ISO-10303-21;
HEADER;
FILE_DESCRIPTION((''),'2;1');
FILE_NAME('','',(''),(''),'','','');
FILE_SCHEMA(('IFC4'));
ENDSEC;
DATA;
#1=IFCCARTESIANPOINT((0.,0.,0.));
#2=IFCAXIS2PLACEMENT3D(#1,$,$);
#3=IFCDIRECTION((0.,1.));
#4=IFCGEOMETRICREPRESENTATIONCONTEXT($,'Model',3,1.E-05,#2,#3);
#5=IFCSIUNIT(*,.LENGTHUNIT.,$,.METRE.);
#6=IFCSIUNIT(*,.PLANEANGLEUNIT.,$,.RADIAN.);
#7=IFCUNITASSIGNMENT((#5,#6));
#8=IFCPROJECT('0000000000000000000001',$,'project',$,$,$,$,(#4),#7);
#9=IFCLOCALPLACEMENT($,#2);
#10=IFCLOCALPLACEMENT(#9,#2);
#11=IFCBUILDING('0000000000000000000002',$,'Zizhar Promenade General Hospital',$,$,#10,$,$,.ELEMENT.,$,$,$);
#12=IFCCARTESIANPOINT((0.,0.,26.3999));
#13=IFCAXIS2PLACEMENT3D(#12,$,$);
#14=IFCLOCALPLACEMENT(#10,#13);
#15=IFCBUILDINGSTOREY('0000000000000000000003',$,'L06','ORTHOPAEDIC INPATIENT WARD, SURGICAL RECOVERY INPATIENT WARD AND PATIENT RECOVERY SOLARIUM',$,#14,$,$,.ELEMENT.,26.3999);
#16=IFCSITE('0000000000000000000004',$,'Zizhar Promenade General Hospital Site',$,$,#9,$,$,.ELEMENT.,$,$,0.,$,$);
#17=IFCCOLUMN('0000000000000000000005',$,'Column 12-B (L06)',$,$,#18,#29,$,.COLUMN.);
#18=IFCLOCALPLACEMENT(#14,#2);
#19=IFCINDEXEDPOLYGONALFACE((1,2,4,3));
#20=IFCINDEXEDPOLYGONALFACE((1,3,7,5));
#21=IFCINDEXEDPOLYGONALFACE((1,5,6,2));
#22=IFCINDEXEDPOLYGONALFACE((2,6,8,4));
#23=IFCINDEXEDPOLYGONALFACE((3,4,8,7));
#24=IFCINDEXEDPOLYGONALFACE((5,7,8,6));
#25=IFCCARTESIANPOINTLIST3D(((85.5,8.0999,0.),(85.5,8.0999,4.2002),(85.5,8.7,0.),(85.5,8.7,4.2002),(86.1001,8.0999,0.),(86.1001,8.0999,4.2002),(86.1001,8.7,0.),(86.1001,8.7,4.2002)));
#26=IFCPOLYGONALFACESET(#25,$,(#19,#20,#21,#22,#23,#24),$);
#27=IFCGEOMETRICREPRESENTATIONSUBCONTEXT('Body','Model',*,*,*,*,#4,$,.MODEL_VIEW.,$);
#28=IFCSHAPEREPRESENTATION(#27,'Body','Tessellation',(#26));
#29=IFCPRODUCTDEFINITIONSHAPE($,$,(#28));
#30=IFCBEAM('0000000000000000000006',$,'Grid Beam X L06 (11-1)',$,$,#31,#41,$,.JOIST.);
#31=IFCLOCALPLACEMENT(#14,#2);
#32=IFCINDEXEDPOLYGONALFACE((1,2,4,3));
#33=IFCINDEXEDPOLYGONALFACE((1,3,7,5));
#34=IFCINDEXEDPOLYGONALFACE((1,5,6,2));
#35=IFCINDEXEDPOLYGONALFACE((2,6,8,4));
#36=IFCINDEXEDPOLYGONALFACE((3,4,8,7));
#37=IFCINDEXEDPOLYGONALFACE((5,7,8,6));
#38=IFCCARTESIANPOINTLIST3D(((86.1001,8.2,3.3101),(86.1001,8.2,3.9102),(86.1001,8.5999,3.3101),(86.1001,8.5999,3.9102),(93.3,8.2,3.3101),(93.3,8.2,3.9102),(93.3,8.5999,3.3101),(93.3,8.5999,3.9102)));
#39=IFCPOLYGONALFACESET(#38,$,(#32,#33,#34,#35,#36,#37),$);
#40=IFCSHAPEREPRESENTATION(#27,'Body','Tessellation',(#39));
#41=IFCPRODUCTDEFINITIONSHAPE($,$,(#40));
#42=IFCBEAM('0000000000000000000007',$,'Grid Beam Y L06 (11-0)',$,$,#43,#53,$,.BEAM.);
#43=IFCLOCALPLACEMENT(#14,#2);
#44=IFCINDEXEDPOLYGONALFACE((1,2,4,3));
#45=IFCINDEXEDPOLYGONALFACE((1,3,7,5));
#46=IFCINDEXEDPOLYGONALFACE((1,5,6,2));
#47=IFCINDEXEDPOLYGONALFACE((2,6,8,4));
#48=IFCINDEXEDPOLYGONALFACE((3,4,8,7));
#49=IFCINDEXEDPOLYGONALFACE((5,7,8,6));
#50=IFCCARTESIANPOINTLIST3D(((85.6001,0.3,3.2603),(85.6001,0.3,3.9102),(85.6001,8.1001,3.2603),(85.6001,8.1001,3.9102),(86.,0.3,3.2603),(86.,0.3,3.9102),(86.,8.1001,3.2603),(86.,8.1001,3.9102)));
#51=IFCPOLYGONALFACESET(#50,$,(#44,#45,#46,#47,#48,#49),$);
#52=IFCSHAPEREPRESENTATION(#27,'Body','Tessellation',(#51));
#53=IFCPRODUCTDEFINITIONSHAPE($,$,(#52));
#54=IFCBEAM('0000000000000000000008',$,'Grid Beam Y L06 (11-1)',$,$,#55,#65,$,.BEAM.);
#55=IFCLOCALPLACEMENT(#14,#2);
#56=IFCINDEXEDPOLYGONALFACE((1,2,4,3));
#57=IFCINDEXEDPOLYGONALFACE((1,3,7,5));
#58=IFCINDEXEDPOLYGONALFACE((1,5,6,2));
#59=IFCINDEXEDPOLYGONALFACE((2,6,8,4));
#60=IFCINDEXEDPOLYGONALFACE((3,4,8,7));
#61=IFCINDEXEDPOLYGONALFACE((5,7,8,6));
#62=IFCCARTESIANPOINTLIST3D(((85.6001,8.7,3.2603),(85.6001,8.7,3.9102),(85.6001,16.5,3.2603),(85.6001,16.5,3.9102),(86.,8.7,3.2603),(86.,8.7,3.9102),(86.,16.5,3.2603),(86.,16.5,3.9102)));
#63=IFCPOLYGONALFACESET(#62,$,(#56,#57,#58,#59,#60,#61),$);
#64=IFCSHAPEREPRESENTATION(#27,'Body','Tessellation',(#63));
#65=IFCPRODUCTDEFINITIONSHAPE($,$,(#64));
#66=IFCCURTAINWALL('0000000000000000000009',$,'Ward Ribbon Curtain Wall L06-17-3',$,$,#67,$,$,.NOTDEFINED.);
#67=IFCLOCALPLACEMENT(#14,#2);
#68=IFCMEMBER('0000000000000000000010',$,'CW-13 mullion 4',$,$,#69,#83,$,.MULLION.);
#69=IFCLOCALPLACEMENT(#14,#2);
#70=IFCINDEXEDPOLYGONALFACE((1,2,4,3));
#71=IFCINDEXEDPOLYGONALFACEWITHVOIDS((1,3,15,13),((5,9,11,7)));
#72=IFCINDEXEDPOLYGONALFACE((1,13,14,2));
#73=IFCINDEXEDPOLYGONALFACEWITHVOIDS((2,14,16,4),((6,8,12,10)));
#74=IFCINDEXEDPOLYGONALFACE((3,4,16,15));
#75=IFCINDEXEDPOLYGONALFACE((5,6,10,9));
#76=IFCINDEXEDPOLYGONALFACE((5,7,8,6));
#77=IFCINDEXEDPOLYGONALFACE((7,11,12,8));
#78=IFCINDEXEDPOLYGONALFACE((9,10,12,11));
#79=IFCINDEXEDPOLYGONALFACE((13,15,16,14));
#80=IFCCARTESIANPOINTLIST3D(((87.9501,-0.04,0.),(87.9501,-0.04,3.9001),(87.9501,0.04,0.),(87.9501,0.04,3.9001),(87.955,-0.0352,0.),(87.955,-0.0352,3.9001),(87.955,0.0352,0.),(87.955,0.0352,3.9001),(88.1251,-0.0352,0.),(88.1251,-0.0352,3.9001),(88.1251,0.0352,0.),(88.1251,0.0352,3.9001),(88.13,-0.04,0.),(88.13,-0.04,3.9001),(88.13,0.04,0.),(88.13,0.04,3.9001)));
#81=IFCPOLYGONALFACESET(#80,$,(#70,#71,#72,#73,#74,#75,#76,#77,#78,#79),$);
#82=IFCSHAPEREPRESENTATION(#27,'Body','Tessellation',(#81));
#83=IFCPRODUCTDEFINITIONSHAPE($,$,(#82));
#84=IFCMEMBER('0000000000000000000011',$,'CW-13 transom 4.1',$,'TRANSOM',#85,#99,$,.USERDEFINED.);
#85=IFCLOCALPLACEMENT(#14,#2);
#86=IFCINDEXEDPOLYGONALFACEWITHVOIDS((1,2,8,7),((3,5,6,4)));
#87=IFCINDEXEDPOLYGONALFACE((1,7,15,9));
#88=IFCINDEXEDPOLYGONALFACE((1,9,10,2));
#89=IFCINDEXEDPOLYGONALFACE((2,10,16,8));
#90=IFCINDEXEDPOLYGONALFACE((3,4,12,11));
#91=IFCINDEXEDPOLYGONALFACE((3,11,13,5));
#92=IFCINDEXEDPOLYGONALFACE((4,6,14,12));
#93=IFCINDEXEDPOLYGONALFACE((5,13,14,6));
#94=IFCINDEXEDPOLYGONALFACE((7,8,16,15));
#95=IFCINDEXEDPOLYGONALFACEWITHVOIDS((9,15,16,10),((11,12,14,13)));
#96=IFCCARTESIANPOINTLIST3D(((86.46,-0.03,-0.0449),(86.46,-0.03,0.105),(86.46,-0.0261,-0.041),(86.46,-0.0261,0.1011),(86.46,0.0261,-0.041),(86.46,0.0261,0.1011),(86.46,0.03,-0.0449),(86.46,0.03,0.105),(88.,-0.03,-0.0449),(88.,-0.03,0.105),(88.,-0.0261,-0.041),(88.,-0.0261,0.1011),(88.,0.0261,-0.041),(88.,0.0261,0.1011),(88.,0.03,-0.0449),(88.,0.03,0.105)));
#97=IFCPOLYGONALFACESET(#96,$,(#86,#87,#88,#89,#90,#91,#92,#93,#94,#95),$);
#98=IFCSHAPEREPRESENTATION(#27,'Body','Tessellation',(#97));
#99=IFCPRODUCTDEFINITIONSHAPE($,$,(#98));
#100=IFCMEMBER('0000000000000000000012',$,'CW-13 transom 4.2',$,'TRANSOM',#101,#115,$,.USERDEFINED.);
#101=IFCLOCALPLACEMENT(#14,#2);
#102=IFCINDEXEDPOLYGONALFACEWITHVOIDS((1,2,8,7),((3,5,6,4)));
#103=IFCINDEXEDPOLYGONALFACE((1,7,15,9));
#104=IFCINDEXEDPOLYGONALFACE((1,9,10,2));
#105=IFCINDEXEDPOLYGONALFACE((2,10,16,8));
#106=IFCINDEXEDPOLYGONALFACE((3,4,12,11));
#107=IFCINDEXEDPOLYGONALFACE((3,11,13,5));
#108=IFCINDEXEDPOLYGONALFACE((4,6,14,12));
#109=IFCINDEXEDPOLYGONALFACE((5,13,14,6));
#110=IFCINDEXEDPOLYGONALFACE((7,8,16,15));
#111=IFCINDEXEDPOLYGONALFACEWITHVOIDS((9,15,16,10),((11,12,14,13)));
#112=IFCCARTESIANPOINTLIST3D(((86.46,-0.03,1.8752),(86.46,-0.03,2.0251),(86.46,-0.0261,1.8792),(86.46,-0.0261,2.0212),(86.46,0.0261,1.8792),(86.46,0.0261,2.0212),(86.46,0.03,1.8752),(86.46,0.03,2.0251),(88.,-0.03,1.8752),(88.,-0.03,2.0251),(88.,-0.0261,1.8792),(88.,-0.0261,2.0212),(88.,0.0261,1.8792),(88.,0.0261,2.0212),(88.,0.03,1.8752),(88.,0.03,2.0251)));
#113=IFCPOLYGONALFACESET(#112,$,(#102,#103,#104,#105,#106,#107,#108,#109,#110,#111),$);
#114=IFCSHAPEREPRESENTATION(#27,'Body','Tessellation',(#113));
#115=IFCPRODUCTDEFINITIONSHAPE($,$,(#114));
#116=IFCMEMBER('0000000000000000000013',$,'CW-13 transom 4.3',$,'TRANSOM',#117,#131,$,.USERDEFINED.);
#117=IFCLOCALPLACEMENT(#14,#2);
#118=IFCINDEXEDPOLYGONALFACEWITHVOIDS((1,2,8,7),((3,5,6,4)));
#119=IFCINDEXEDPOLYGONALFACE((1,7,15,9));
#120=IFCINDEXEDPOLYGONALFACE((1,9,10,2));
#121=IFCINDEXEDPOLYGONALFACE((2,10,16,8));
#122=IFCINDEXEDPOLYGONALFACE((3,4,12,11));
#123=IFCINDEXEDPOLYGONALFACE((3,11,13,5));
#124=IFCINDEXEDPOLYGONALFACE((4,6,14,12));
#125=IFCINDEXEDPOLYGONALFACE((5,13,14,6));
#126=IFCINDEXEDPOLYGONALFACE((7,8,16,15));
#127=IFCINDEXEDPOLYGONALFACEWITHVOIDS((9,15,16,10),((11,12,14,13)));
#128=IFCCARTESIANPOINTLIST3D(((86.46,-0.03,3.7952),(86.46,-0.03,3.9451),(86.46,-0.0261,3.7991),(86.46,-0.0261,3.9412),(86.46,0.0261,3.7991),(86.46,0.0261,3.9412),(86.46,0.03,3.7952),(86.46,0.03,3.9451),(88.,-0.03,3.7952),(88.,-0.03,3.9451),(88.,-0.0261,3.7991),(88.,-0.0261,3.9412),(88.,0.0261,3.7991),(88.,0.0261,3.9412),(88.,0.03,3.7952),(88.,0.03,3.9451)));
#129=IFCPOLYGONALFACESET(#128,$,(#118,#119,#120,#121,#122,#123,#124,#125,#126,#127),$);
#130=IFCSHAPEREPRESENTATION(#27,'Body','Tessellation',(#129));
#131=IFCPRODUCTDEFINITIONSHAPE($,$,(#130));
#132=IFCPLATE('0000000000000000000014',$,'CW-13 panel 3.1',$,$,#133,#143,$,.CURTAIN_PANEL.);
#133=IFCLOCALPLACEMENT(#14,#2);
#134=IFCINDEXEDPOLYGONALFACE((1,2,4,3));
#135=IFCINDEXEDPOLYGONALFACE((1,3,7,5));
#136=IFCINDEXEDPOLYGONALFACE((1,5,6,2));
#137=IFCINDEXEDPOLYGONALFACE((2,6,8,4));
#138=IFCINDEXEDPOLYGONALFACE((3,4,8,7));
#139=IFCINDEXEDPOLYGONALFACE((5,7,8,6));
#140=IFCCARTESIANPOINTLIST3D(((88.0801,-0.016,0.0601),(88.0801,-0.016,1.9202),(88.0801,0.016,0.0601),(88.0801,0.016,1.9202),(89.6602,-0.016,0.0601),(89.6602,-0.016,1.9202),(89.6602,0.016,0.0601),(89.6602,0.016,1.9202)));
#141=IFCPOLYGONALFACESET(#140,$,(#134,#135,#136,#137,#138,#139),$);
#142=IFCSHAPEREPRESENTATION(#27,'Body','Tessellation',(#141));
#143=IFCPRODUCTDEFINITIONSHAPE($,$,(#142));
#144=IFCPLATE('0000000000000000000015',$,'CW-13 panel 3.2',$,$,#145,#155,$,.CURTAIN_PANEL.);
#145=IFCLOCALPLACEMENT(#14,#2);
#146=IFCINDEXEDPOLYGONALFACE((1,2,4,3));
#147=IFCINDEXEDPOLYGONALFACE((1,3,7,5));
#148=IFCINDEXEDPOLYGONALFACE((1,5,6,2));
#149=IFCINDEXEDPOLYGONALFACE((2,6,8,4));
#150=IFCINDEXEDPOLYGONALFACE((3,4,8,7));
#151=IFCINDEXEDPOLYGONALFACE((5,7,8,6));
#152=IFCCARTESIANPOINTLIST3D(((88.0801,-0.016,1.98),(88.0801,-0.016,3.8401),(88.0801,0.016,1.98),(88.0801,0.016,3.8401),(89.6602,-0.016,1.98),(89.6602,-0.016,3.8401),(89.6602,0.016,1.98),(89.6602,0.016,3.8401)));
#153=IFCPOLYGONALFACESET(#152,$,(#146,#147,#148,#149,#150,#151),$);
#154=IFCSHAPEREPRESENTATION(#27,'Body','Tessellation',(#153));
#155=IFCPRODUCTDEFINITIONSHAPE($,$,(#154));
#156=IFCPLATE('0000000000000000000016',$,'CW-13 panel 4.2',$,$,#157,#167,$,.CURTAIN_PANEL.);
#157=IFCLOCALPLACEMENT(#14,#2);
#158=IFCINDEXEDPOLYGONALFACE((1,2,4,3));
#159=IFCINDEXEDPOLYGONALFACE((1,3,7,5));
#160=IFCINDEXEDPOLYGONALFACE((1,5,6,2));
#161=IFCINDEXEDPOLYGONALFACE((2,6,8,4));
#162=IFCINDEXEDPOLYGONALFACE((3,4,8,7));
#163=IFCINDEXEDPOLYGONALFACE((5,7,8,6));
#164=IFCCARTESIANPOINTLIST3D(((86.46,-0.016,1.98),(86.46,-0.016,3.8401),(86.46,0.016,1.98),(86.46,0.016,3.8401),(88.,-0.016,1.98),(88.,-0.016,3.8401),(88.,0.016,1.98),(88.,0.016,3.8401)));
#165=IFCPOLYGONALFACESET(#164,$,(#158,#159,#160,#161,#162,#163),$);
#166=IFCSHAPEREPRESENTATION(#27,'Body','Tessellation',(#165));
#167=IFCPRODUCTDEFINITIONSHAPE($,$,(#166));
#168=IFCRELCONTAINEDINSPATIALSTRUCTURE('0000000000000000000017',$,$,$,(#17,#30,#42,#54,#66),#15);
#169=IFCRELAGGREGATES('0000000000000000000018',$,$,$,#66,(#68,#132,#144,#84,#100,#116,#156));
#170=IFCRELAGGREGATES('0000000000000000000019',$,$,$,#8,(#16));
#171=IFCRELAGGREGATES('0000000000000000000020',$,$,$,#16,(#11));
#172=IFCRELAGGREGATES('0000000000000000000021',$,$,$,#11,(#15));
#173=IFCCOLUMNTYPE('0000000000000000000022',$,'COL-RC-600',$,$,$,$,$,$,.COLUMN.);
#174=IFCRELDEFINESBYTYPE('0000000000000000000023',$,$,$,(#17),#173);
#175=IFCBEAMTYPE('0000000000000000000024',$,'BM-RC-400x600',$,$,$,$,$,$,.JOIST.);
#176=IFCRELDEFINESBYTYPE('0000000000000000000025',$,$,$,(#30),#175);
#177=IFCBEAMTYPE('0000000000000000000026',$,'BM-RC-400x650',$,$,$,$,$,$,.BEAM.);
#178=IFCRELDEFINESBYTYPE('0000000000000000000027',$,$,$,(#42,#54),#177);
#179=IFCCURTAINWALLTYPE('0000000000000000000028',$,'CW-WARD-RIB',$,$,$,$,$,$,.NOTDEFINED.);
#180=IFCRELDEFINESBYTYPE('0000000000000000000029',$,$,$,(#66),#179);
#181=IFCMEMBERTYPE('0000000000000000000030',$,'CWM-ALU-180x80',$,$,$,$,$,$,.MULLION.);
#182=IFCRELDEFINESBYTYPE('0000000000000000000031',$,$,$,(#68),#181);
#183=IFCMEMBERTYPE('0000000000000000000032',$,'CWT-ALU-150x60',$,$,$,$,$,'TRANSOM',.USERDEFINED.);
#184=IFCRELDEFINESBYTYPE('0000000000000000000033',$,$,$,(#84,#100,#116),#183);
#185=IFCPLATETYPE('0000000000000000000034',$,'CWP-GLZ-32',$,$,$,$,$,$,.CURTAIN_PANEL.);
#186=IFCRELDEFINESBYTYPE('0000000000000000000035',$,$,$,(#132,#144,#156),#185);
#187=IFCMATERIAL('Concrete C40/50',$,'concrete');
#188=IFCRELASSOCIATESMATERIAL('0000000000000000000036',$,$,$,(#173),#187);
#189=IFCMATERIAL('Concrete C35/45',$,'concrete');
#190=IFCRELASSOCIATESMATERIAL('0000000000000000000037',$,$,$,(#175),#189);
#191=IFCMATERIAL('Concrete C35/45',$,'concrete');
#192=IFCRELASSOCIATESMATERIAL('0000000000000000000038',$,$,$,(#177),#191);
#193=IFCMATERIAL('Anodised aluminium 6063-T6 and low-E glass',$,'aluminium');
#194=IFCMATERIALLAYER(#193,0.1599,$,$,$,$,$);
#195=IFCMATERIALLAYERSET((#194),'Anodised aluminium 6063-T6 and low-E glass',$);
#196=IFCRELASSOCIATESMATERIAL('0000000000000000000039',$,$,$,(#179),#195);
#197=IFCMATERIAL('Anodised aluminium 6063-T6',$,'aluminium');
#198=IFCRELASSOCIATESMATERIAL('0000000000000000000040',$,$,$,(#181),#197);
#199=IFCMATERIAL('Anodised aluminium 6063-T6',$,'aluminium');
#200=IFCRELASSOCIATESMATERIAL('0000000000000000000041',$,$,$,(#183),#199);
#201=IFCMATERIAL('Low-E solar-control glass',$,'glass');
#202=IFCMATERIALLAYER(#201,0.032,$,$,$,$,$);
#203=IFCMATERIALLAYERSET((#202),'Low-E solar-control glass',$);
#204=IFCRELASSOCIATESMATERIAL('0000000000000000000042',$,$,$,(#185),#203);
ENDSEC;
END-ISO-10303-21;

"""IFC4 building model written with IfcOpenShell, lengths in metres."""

from ifc_helpers import new_model, si_unit, direction, frame, origin, origin_2d, place, context, subcontext, project, spatial, rectangle, hollow_rectangle, extrude, material, layer, layer_set, material_profile, profile_set, type_object, element, aggregate, save


model = new_model("IFC4")

# Units and contexts
model_context = context("Model", 3, precision=1e-05, world=origin(), true_north=direction((0.0, 1.0)))
body_context = subcontext(model_context, "Body", "Model", "MODEL_VIEW")
ifc_project = project(units=[si_unit("LENGTHUNIT", "METRE"), si_unit("PLANEANGLEUNIT", "RADIAN")], contexts=[model_context])

# Site, building, storey
site_placement = place(None, origin())
site = spatial("IfcSite", under=ifc_project, at=site_placement, Name="Zizhar Promenade General Hospital Site", CompositionType="ELEMENT", RefElevation=0.0)
building_placement = place(site_placement, origin())
building = spatial("IfcBuilding", under=site, at=building_placement, Name="Zizhar Promenade General Hospital", CompositionType="ELEMENT")
storey_placement = place(building_placement, frame((0.0, 0.0, 26.3999)))
storey = spatial("IfcBuildingStorey", under=building, at=storey_placement, Name="L06", Description="ORTHOPAEDIC INPATIENT WARD, SURGICAL RECOVERY INPATIENT WARD AND PATIENT RECOVERY SOLARIUM", CompositionType="ELEMENT", Elevation=26.3999)

# Column
ifc_material_1 = material(Name="Concrete C40/50", Category="concrete")
ifc_material_profile_1 = material_profile(ifc_material_1, rectangle(XDim=0.6001, YDim=0.6001, at=origin_2d()))
ifc_profile_set_1 = profile_set([ifc_material_profile_1], Name="Concrete C40/50")
column_type = type_object("IfcColumnType", Name="COL-RC-600", PredefinedType="COLUMN", material=ifc_profile_set_1)
column_placement = place(storey_placement, frame((85.8, 8.3999, 0.0), z_axis=(0.0, 0.0, 1.0), x_axis=(1.0, 0.0, 0.0)))
element("IfcColumn", 1, at=column_placement, inside=storey, type_object=column_type, Name="Column 12-B (L06)", PredefinedType="COLUMN", context=body_context, shape_type="SweptSolid", body=[
    extrude(rectangle(XDim=0.6001, YDim=0.6001, at=origin_2d()), origin(), (0.0, 0.0, 1.0), 4.2002),
])

# Beams
ifc_material_2 = material(Name="Concrete C35/45", Category="concrete")
ifc_material_profile_2 = material_profile(ifc_material_2, rectangle(XDim=0.3999, YDim=0.6001, at=origin_2d()))
ifc_profile_set_2 = profile_set([ifc_material_profile_2], Name="Concrete C35/45")
beam_type_1 = type_object("IfcBeamType", Name="BM-RC-400x600", PredefinedType="JOIST", material=ifc_profile_set_2)
beam_placement = place(storey_placement, frame((86.1001, 8.3999, 3.6101), z_axis=(1.0, 0.0, 0.0), x_axis=(0.0, 1.0, 0.0)))
element("IfcBeam", 2, at=beam_placement, inside=storey, type_object=beam_type_1, Name="Grid Beam X L06 (11-1)", PredefinedType="JOIST", context=body_context, shape_type="SweptSolid", body=[
    extrude(rectangle(XDim=0.3999, YDim=0.6001, at=origin_2d()), origin(), (0.0, 0.0, 1.0), 7.2),
])
ifc_material_3 = material(Name="Concrete C35/45", Category="concrete")
ifc_material_profile_3 = material_profile(ifc_material_3, rectangle(XDim=0.3999, YDim=0.6499, at=origin_2d()))
ifc_profile_set_3 = profile_set([ifc_material_profile_3], Name="Concrete C35/45")
beam_type_2 = type_object("IfcBeamType", Name="BM-RC-400x650", PredefinedType="BEAM", material=ifc_profile_set_3)
for number, where, z_axis, x_axis, name in (
    (3, (85.8, 0.3, 3.5852), (0.0, 1.0, 0.0), (-1.0, 0.0, 0.0), "Grid Beam Y L06 (11-0)"),
    (4, (85.8, 8.7, 3.5852), (0.0, 1.0, 0.0), (-1.0, 0.0, 0.0), "Grid Beam Y L06 (11-1)"),
):
    element("IfcBeam", number, at=place(storey_placement, frame(where, z_axis=z_axis, x_axis=x_axis)), inside=storey, type_object=beam_type_2, Name=name, PredefinedType="BEAM", context=body_context, shape_type="SweptSolid", body=[
        extrude(rectangle(XDim=0.3999, YDim=0.6499, at=origin_2d()), origin(), (0.0, 0.0, 1.0), 7.8),
    ])

# Curtain wall, members, plates
ifc_material_4 = material(Name="Anodised aluminium 6063-T6 and low-E glass", Category="aluminium")
ifc_layer_1 = layer(ifc_material_4, 0.1599)
ifc_layer_set_1 = layer_set([ifc_layer_1], Name="Anodised aluminium 6063-T6 and low-E glass")
curtain_wall_type = type_object("IfcCurtainWallType", Name="CW-WARD-RIB", PredefinedType="NOTDEFINED", material=ifc_layer_set_1)
curtain_wall_placement = place(storey_placement, origin())
curtain_wall = element("IfcCurtainWall", 5, at=curtain_wall_placement, inside=storey, type_object=curtain_wall_type, Name="Ward Ribbon Curtain Wall L06-17-3", PredefinedType="NOTDEFINED")
ifc_material_5 = material(Name="Anodised aluminium 6063-T6", Category="aluminium")
ifc_material_profile_4 = material_profile(ifc_material_5, hollow_rectangle(XDim=0.0801, YDim=0.1799, WallThickness=0.0049, at=origin_2d()))
ifc_profile_set_4 = profile_set([ifc_material_profile_4], Name="Anodised aluminium 6063-T6")
member_type_1 = type_object("IfcMemberType", Name="CWM-ALU-180x80", PredefinedType="MULLION", material=ifc_profile_set_4)
member_1_placement = place(storey_placement, frame((88.04, 0.0, 0.0), z_axis=(0.0, 0.0, 1.0), x_axis=(0.0, -1.0, 0.0)))
member_1 = element("IfcMember", 6, at=member_1_placement, type_object=member_type_1, Name="CW-13 mullion 4", PredefinedType="MULLION", context=body_context, shape_type="SweptSolid", body=[
    extrude(hollow_rectangle(XDim=0.0801, YDim=0.1799, WallThickness=0.0049, at=origin_2d()), origin(), (0.0, 0.0, 1.0), 3.9001),
])
ifc_material_6 = material(Name="Anodised aluminium 6063-T6", Category="aluminium")
ifc_material_profile_5 = material_profile(ifc_material_6, hollow_rectangle(XDim=0.0601, YDim=0.1499, WallThickness=0.0039, at=origin_2d()))
ifc_profile_set_5 = profile_set([ifc_material_profile_5], Name="Anodised aluminium 6063-T6")
member_type_2 = type_object("IfcMemberType", Name="CWT-ALU-150x60", ElementType="TRANSOM", PredefinedType="USERDEFINED", material=ifc_profile_set_5)
member_2_placement = place(storey_placement, frame((88.0, 0.0, 0.03), z_axis=(-1.0, 0.0, 0.0), x_axis=(0.0, -1.0, 0.0)))
member_2 = element("IfcMember", 7, at=member_2_placement, type_object=member_type_2, Name="CW-13 transom 4.1", ObjectType="TRANSOM", PredefinedType="USERDEFINED", context=body_context, shape_type="SweptSolid", body=[
    extrude(hollow_rectangle(XDim=0.0601, YDim=0.1499, WallThickness=0.0039, at=origin_2d()), origin(), (0.0, 0.0, 1.0), 1.54),
])
member_3_placement = place(storey_placement, frame((88.0, 0.0, 1.9502), z_axis=(-1.0, 0.0, 0.0), x_axis=(0.0, -1.0, 0.0)))
member_3 = element("IfcMember", 8, at=member_3_placement, type_object=member_type_2, Name="CW-13 transom 4.2", ObjectType="TRANSOM", PredefinedType="USERDEFINED", context=body_context, shape_type="SweptSolid", body=[
    extrude(hollow_rectangle(XDim=0.0601, YDim=0.1499, WallThickness=0.0039, at=origin_2d()), origin(), (0.0, 0.0, 1.0), 1.54),
])
member_4_placement = place(storey_placement, frame((88.0, 0.0, 3.8701), z_axis=(-1.0, 0.0, 0.0), x_axis=(0.0, -1.0, 0.0)))
member_4 = element("IfcMember", 9, at=member_4_placement, type_object=member_type_2, Name="CW-13 transom 4.3", ObjectType="TRANSOM", PredefinedType="USERDEFINED", context=body_context, shape_type="SweptSolid", body=[
    extrude(hollow_rectangle(XDim=0.0601, YDim=0.1499, WallThickness=0.0039, at=origin_2d()), origin(), (0.0, 0.0, 1.0), 1.54),
])
ifc_material_7 = material(Name="Low-E solar-control glass", Category="glass")
ifc_layer_2 = layer(ifc_material_7, 0.032)
ifc_layer_set_2 = layer_set([ifc_layer_2], Name="Low-E solar-control glass")
plate_type = type_object("IfcPlateType", Name="CWP-GLZ-32", PredefinedType="CURTAIN_PANEL", material=ifc_layer_set_2)
plate_1_placement = place(storey_placement, frame((88.8701, 0.0, 0.0601), z_axis=(0.0, 0.0, 1.0), x_axis=(-1.0, 0.0, 0.0)))
plate_1 = element("IfcPlate", 10, at=plate_1_placement, type_object=plate_type, Name="CW-13 panel 3.1", PredefinedType="CURTAIN_PANEL", context=body_context, shape_type="SweptSolid", body=[
    extrude(rectangle(XDim=1.5801, YDim=0.032, at=origin_2d()), origin(), (0.0, 0.0, 1.0), 1.8601),
])
plate_2_placement = place(storey_placement, frame((88.8701, 0.0, 1.98), z_axis=(0.0, 0.0, 1.0), x_axis=(-1.0, 0.0, 0.0)))
plate_2 = element("IfcPlate", 11, at=plate_2_placement, type_object=plate_type, Name="CW-13 panel 3.2", PredefinedType="CURTAIN_PANEL", context=body_context, shape_type="SweptSolid", body=[
    extrude(rectangle(XDim=1.5801, YDim=0.032, at=origin_2d()), origin(), (0.0, 0.0, 1.0), 1.8601),
])
plate_3_placement = place(storey_placement, frame((87.23, 0.0, 1.98), z_axis=(0.0, 0.0, 1.0), x_axis=(-1.0, 0.0, 0.0)))
plate_3 = element("IfcPlate", 12, at=plate_3_placement, type_object=plate_type, Name="CW-13 panel 4.2", PredefinedType="CURTAIN_PANEL", context=body_context, shape_type="SweptSolid", body=[
    extrude(rectangle(XDim=1.54, YDim=0.032, at=origin_2d()), origin(), (0.0, 0.0, 1.0), 1.8601),
])
aggregate(curtain_wall, [member_1, plate_1, plate_2, member_2, member_3, member_4, plate_3])

save(model, "model.ifc")
